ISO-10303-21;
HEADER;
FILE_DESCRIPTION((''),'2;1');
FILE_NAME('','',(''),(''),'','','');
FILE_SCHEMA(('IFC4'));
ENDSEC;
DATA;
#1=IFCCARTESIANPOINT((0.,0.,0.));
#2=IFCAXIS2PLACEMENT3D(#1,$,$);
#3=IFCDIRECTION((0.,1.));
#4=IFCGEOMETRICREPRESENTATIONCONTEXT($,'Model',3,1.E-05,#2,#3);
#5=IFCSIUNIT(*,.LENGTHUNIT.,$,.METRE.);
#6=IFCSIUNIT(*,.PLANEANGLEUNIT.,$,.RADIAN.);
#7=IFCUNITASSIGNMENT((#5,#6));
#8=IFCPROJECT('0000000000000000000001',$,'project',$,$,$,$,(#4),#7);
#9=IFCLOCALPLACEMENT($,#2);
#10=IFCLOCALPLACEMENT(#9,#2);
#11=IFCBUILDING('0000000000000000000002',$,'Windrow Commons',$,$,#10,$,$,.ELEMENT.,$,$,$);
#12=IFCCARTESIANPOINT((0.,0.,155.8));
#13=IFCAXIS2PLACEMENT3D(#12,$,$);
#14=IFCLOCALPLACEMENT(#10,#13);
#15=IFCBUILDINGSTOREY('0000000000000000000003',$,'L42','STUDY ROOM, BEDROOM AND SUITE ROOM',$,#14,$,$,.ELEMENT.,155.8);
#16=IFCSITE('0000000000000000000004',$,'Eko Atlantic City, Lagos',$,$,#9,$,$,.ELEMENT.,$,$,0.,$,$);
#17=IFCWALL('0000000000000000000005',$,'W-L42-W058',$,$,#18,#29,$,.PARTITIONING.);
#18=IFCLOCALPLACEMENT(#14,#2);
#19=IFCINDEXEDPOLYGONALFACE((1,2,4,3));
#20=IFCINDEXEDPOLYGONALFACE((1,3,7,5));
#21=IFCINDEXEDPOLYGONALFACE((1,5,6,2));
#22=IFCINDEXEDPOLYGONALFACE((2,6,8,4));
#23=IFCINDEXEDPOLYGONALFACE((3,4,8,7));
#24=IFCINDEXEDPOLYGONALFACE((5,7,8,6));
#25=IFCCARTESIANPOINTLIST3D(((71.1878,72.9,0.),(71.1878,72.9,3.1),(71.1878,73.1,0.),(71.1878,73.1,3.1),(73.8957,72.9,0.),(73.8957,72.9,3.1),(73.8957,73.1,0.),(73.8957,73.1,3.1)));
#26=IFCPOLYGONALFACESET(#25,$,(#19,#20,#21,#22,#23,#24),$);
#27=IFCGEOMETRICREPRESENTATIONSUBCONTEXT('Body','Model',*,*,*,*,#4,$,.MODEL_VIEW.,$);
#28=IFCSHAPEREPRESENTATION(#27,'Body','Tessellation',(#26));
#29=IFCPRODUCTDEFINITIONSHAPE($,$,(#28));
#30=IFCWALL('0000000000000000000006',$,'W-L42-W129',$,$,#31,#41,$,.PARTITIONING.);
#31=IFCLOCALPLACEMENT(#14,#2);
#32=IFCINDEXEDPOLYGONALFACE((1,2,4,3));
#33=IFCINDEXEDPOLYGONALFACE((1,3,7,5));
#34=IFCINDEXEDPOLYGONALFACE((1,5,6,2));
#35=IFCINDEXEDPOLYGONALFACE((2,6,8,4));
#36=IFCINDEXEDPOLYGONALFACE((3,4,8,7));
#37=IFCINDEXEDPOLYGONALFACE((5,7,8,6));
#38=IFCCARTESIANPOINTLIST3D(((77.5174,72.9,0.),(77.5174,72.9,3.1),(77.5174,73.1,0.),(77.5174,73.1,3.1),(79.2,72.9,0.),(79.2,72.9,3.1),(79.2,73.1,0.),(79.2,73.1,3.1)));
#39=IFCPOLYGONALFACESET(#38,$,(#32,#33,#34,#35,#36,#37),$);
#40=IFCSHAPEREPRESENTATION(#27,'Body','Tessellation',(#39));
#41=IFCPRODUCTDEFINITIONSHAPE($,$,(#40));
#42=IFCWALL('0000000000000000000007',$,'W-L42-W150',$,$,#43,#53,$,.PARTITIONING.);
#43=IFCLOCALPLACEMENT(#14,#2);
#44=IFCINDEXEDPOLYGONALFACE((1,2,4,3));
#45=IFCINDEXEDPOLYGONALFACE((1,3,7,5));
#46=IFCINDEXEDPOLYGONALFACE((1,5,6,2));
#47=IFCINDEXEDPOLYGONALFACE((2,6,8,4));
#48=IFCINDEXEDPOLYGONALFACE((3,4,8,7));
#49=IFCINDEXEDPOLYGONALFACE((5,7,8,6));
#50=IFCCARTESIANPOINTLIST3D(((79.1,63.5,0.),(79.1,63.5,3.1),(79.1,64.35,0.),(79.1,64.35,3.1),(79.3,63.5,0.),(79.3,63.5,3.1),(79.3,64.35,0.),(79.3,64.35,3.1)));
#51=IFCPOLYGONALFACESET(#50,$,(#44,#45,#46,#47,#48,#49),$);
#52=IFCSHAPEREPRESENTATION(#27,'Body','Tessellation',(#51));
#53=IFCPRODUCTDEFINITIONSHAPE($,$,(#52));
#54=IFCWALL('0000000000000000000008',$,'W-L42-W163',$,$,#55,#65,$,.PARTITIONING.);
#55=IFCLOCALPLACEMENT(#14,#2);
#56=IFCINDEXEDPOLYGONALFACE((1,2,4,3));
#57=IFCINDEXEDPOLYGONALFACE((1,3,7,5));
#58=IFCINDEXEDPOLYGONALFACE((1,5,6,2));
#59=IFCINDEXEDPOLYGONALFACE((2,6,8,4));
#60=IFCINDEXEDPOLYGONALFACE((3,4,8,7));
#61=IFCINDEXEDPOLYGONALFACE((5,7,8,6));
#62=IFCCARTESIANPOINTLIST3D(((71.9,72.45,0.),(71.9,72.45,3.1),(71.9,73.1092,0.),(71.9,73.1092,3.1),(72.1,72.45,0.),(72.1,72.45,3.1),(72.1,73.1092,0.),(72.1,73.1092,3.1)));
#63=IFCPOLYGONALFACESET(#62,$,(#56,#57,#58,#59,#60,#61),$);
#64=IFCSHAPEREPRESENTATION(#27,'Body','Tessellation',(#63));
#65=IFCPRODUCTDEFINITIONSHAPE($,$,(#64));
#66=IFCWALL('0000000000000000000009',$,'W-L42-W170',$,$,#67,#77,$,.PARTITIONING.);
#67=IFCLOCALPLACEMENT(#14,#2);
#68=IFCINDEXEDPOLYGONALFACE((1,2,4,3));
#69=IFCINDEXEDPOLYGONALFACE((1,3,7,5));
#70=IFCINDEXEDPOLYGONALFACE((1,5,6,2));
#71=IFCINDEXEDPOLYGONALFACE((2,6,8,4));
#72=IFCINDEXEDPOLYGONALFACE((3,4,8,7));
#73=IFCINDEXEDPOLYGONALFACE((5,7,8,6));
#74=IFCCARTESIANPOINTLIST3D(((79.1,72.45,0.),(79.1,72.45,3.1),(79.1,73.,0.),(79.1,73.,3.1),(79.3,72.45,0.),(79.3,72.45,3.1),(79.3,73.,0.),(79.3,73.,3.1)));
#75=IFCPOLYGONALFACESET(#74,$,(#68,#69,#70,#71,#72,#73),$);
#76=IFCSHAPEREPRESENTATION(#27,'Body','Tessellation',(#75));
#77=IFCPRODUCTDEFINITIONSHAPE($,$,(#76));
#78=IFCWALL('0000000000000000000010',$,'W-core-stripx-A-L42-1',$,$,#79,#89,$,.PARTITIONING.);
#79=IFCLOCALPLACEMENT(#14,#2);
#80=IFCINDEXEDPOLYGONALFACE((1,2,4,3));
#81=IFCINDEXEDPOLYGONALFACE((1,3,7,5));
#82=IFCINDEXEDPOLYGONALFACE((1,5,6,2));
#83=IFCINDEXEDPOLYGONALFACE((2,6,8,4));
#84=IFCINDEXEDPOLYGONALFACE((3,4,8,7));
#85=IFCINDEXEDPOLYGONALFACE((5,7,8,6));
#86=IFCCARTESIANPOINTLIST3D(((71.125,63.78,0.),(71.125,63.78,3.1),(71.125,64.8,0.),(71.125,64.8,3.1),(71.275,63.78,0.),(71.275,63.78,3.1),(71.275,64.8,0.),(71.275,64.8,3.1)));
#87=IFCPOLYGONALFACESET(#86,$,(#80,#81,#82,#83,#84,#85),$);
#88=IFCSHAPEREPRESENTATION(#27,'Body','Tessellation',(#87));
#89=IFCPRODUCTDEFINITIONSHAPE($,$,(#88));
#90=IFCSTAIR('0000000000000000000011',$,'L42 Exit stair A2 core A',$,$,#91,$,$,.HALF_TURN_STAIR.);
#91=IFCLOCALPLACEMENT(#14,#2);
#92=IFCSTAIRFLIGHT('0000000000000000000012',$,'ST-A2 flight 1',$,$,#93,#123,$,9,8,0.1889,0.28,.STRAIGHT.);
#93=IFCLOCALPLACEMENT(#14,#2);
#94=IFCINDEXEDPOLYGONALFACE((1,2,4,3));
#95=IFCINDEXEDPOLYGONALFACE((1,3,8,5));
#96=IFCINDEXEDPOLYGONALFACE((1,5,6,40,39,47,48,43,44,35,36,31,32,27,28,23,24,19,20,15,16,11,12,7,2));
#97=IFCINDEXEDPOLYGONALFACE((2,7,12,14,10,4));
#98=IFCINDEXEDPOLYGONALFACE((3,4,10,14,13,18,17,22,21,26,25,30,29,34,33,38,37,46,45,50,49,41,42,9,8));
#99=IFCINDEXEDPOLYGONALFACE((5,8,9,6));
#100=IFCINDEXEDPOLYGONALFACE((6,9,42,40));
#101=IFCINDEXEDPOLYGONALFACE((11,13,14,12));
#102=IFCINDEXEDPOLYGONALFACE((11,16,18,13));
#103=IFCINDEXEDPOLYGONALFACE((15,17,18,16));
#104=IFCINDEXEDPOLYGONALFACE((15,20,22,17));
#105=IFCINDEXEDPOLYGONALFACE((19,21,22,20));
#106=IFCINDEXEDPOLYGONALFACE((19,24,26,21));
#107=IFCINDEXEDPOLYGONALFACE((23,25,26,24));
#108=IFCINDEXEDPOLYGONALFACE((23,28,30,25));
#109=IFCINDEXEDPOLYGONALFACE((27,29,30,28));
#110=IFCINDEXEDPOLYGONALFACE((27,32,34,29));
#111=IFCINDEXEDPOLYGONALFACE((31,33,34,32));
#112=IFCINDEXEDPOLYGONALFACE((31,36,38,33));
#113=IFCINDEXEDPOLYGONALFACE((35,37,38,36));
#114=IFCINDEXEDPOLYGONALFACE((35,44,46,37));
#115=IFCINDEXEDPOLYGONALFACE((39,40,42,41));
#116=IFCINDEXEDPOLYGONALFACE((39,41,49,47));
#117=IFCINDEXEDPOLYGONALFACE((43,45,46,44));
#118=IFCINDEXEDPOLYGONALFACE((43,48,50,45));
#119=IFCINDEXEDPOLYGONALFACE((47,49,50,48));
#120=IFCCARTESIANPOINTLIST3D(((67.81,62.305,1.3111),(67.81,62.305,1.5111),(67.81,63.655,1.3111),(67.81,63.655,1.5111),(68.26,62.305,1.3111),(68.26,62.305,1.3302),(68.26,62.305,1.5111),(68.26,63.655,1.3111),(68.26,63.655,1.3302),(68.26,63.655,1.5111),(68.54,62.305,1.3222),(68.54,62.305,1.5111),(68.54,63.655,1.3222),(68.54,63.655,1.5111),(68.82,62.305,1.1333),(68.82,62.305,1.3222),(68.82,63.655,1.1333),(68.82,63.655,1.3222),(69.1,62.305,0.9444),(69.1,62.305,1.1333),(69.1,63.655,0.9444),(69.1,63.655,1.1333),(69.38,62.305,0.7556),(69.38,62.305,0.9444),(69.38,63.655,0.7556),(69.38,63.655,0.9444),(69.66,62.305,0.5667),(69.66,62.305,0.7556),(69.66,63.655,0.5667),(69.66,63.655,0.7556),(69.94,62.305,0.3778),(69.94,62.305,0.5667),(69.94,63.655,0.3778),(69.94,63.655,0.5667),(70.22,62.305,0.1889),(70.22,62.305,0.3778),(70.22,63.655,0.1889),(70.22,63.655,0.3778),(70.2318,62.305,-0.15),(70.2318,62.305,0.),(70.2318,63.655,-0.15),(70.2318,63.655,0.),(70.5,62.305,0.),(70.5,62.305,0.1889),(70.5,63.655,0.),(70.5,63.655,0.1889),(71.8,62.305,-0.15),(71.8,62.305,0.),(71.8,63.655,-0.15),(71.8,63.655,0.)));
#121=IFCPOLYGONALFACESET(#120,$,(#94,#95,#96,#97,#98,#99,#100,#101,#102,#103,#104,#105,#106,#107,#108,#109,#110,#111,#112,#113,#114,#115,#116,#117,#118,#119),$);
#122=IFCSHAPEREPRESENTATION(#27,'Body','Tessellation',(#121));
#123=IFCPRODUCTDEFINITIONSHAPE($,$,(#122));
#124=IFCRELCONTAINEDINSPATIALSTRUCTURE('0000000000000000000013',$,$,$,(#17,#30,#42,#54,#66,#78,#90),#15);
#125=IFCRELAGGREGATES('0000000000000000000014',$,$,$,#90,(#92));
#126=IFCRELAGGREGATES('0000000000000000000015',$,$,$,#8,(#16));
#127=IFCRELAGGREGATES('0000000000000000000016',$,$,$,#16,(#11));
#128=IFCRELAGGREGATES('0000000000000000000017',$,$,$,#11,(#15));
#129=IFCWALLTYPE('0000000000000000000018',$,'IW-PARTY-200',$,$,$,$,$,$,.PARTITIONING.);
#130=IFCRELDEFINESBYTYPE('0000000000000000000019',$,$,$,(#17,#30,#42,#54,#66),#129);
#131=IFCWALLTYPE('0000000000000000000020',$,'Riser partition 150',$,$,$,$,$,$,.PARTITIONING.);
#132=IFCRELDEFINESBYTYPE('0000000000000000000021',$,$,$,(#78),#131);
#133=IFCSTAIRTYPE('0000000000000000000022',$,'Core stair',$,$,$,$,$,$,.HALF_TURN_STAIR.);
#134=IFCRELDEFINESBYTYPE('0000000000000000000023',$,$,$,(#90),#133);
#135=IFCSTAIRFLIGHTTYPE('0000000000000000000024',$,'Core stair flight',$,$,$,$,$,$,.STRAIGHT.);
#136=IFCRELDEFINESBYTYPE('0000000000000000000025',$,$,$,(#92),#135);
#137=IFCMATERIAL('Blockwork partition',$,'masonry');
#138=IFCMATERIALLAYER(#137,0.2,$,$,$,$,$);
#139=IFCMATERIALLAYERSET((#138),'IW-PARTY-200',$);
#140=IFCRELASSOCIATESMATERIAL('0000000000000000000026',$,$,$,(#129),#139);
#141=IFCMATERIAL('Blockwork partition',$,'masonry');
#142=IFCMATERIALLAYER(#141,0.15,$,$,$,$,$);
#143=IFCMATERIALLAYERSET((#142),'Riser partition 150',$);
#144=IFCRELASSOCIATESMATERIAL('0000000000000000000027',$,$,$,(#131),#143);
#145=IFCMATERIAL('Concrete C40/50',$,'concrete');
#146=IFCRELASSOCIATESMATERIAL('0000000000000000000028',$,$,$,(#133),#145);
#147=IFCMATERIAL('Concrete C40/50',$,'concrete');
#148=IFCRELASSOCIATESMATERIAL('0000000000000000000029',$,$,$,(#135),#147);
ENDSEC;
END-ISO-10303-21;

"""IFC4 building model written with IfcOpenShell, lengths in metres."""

from ifc_helpers import new_model, si_unit, direction, frame, frame_2d, origin, place, context, subcontext, project, spatial, polyline, rectangle, outline, extrude, material, layer, layer_set, type_object, element, aggregate, save


model = new_model("IFC4")

# Units and contexts
model_context = context("Model", 3, precision=1e-05, world=origin(), true_north=direction((0.0, 1.0)))
body_context = subcontext(model_context, "Body", "Model", "MODEL_VIEW")
ifc_project = project(units=[si_unit("LENGTHUNIT", "METRE"), si_unit("PLANEANGLEUNIT", "RADIAN")], contexts=[model_context])

# Site, building, storey
site_placement = place(None, origin())
site = spatial("IfcSite", under=ifc_project, at=site_placement, Name="Eko Atlantic City, Lagos", CompositionType="ELEMENT", RefElevation=0.0)
building_placement = place(site_placement, origin())
building = spatial("IfcBuilding", under=site, at=building_placement, Name="Windrow Commons", CompositionType="ELEMENT")
storey_placement = place(building_placement, frame((0.0, 0.0, 155.8)))
storey = spatial("IfcBuildingStorey", under=building, at=storey_placement, Name="L42", Description="STUDY ROOM, BEDROOM AND SUITE ROOM", CompositionType="ELEMENT", Elevation=155.8)

# Walls
ifc_material_1 = material(Name="Blockwork partition", Category="masonry")
ifc_layer_1 = layer(ifc_material_1, 0.2)
ifc_layer_set_1 = layer_set([ifc_layer_1], Name="IW-PARTY-200")
wall_type_1 = type_object("IfcWallType", Name="IW-PARTY-200", PredefinedType="PARTITIONING", material=ifc_layer_set_1)
wall_1_placement = place(storey_placement, frame((71.1879, 73.0, 0.0), z_axis=(0.0, 0.0, 1.0), x_axis=(1.0, 0.0, 0.0)))
element("IfcWall", 1, at=wall_1_placement, inside=storey, type_object=wall_type_1, Name="W-L42-W058", PredefinedType="PARTITIONING", context=body_context, shape_type="SweptSolid", body=[
    extrude(rectangle(XDim=2.7079, YDim=0.2, at=frame_2d((1.3539, 0.0))), origin(), (0.0, 0.0, 1.0), 3.1),
])
wall_2_placement = place(storey_placement, frame((77.5174, 73.0, 0.0), z_axis=(0.0, 0.0, 1.0), x_axis=(1.0, 0.0, 0.0)))
element("IfcWall", 2, at=wall_2_placement, inside=storey, type_object=wall_type_1, Name="W-L42-W129", PredefinedType="PARTITIONING", context=body_context, shape_type="SweptSolid", body=[
    extrude(rectangle(XDim=1.6826, YDim=0.2, at=frame_2d((0.8413, 0.0))), origin(), (0.0, 0.0, 1.0), 3.1),
])
wall_3_placement = place(storey_placement, frame((79.2, 63.5, 0.0), z_axis=(0.0, 0.0, 1.0), x_axis=(0.0, 1.0, 0.0)))
element("IfcWall", 3, at=wall_3_placement, inside=storey, type_object=wall_type_1, Name="W-L42-W150", PredefinedType="PARTITIONING", context=body_context, shape_type="SweptSolid", body=[
    extrude(rectangle(XDim=0.85, YDim=0.2, at=frame_2d((0.425, 0.0))), origin(), (0.0, 0.0, 1.0), 3.1),
])
wall_4_placement = place(storey_placement, frame((72.0, 72.45, 0.0), z_axis=(0.0, 0.0, 1.0), x_axis=(0.0, 1.0, 0.0)))
element("IfcWall", 4, at=wall_4_placement, inside=storey, type_object=wall_type_1, Name="W-L42-W163", PredefinedType="PARTITIONING", context=body_context, shape_type="SweptSolid", body=[
    extrude(rectangle(XDim=0.6593, YDim=0.2, at=frame_2d((0.3296, 0.0))), origin(), (0.0, 0.0, 1.0), 3.1),
])
wall_5_placement = place(storey_placement, frame((79.2, 72.45, 0.0), z_axis=(0.0, 0.0, 1.0), x_axis=(0.0, 1.0, 0.0)))
element("IfcWall", 5, at=wall_5_placement, inside=storey, type_object=wall_type_1, Name="W-L42-W170", PredefinedType="PARTITIONING", context=body_context, shape_type="SweptSolid", body=[
    extrude(rectangle(XDim=0.55, YDim=0.2, at=frame_2d((0.275, 0.0))), origin(), (0.0, 0.0, 1.0), 3.1),
])
ifc_material_2 = material(Name="Blockwork partition", Category="masonry")
ifc_layer_2 = layer(ifc_material_2, 0.15)
ifc_layer_set_2 = layer_set([ifc_layer_2], Name="Riser partition 150")
wall_type_2 = type_object("IfcWallType", Name="Riser partition 150", PredefinedType="PARTITIONING", material=ifc_layer_set_2)
wall_6_placement = place(storey_placement, frame((71.2, 63.78, 0.0), z_axis=(0.0, 0.0, 1.0), x_axis=(0.0, 1.0, 0.0)))
element("IfcWall", 6, at=wall_6_placement, inside=storey, type_object=wall_type_2, Name="W-core-stripx-A-L42-1", PredefinedType="PARTITIONING", context=body_context, shape_type="SweptSolid", body=[
    extrude(rectangle(XDim=1.02, YDim=0.15, at=frame_2d((0.51, 0.0))), origin(), (0.0, 0.0, 1.0), 3.1),
])

# Stair, stair flight
ifc_material_3 = material(Name="Concrete C40/50", Category="concrete")
stair_type = type_object("IfcStairType", Name="Core stair", PredefinedType="HALF_TURN_STAIR", material=ifc_material_3)
stair_placement = place(storey_placement, origin())
stair = element("IfcStair", 7, at=stair_placement, inside=storey, type_object=stair_type, Name="L42 Exit stair A2 core A", PredefinedType="HALF_TURN_STAIR")
ifc_material_4 = material(Name="Concrete C40/50", Category="concrete")
stair_flight_type = type_object("IfcStairFlightType", Name="Core stair flight", PredefinedType="STRAIGHT", material=ifc_material_4)
stair_flight_placement = place(storey_placement, frame((70.5, 62.98, 0.0), z_axis=(0.0, 0.0, 1.0), x_axis=(-1.0, 0.0, 0.0)))
stair_flight = element("IfcStairFlight", 8, at=stair_flight_placement, type_object=stair_flight_type, Name="ST-A2 flight 1", NumberOfRisers=9, NumberOfTreads=8, PredefinedType="STRAIGHT", RiserHeight=0.1889, TreadLength=0.28, context=body_context, shape_type="SweptSolid", body=[
    extrude(outline(polyline([(-1.3, -0.15), (-1.3, 0.0), (0.0, 0.0), (0.0, 0.1889), (0.28, 0.1889), (0.28, 0.3778), (0.56, 0.3778), (0.56, 0.5667), (0.84, 0.5667), (0.84, 0.7556), (1.12, 0.7556), (1.12, 0.9444), (1.4, 0.9444), (1.4, 1.1333), (1.68, 1.1333), (1.68, 1.3222), (1.96, 1.3222), (1.96, 1.5111), (2.24, 1.5111), (2.69, 1.5111), (2.69, 1.3111), (2.24, 1.3111), (2.24, 1.3302), (0.2682, 0.0), (0.2682, -0.15), (-1.3, -0.15)])), frame((0.0, 0.675, 0.0), z_axis=(0.0, -1.0, 0.0), x_axis=(1.0, 0.0, 0.0)), (0.0, 0.0, 1.0), 1.35),
])
aggregate(stair, [stair_flight])

save(model, "model.ifc")
